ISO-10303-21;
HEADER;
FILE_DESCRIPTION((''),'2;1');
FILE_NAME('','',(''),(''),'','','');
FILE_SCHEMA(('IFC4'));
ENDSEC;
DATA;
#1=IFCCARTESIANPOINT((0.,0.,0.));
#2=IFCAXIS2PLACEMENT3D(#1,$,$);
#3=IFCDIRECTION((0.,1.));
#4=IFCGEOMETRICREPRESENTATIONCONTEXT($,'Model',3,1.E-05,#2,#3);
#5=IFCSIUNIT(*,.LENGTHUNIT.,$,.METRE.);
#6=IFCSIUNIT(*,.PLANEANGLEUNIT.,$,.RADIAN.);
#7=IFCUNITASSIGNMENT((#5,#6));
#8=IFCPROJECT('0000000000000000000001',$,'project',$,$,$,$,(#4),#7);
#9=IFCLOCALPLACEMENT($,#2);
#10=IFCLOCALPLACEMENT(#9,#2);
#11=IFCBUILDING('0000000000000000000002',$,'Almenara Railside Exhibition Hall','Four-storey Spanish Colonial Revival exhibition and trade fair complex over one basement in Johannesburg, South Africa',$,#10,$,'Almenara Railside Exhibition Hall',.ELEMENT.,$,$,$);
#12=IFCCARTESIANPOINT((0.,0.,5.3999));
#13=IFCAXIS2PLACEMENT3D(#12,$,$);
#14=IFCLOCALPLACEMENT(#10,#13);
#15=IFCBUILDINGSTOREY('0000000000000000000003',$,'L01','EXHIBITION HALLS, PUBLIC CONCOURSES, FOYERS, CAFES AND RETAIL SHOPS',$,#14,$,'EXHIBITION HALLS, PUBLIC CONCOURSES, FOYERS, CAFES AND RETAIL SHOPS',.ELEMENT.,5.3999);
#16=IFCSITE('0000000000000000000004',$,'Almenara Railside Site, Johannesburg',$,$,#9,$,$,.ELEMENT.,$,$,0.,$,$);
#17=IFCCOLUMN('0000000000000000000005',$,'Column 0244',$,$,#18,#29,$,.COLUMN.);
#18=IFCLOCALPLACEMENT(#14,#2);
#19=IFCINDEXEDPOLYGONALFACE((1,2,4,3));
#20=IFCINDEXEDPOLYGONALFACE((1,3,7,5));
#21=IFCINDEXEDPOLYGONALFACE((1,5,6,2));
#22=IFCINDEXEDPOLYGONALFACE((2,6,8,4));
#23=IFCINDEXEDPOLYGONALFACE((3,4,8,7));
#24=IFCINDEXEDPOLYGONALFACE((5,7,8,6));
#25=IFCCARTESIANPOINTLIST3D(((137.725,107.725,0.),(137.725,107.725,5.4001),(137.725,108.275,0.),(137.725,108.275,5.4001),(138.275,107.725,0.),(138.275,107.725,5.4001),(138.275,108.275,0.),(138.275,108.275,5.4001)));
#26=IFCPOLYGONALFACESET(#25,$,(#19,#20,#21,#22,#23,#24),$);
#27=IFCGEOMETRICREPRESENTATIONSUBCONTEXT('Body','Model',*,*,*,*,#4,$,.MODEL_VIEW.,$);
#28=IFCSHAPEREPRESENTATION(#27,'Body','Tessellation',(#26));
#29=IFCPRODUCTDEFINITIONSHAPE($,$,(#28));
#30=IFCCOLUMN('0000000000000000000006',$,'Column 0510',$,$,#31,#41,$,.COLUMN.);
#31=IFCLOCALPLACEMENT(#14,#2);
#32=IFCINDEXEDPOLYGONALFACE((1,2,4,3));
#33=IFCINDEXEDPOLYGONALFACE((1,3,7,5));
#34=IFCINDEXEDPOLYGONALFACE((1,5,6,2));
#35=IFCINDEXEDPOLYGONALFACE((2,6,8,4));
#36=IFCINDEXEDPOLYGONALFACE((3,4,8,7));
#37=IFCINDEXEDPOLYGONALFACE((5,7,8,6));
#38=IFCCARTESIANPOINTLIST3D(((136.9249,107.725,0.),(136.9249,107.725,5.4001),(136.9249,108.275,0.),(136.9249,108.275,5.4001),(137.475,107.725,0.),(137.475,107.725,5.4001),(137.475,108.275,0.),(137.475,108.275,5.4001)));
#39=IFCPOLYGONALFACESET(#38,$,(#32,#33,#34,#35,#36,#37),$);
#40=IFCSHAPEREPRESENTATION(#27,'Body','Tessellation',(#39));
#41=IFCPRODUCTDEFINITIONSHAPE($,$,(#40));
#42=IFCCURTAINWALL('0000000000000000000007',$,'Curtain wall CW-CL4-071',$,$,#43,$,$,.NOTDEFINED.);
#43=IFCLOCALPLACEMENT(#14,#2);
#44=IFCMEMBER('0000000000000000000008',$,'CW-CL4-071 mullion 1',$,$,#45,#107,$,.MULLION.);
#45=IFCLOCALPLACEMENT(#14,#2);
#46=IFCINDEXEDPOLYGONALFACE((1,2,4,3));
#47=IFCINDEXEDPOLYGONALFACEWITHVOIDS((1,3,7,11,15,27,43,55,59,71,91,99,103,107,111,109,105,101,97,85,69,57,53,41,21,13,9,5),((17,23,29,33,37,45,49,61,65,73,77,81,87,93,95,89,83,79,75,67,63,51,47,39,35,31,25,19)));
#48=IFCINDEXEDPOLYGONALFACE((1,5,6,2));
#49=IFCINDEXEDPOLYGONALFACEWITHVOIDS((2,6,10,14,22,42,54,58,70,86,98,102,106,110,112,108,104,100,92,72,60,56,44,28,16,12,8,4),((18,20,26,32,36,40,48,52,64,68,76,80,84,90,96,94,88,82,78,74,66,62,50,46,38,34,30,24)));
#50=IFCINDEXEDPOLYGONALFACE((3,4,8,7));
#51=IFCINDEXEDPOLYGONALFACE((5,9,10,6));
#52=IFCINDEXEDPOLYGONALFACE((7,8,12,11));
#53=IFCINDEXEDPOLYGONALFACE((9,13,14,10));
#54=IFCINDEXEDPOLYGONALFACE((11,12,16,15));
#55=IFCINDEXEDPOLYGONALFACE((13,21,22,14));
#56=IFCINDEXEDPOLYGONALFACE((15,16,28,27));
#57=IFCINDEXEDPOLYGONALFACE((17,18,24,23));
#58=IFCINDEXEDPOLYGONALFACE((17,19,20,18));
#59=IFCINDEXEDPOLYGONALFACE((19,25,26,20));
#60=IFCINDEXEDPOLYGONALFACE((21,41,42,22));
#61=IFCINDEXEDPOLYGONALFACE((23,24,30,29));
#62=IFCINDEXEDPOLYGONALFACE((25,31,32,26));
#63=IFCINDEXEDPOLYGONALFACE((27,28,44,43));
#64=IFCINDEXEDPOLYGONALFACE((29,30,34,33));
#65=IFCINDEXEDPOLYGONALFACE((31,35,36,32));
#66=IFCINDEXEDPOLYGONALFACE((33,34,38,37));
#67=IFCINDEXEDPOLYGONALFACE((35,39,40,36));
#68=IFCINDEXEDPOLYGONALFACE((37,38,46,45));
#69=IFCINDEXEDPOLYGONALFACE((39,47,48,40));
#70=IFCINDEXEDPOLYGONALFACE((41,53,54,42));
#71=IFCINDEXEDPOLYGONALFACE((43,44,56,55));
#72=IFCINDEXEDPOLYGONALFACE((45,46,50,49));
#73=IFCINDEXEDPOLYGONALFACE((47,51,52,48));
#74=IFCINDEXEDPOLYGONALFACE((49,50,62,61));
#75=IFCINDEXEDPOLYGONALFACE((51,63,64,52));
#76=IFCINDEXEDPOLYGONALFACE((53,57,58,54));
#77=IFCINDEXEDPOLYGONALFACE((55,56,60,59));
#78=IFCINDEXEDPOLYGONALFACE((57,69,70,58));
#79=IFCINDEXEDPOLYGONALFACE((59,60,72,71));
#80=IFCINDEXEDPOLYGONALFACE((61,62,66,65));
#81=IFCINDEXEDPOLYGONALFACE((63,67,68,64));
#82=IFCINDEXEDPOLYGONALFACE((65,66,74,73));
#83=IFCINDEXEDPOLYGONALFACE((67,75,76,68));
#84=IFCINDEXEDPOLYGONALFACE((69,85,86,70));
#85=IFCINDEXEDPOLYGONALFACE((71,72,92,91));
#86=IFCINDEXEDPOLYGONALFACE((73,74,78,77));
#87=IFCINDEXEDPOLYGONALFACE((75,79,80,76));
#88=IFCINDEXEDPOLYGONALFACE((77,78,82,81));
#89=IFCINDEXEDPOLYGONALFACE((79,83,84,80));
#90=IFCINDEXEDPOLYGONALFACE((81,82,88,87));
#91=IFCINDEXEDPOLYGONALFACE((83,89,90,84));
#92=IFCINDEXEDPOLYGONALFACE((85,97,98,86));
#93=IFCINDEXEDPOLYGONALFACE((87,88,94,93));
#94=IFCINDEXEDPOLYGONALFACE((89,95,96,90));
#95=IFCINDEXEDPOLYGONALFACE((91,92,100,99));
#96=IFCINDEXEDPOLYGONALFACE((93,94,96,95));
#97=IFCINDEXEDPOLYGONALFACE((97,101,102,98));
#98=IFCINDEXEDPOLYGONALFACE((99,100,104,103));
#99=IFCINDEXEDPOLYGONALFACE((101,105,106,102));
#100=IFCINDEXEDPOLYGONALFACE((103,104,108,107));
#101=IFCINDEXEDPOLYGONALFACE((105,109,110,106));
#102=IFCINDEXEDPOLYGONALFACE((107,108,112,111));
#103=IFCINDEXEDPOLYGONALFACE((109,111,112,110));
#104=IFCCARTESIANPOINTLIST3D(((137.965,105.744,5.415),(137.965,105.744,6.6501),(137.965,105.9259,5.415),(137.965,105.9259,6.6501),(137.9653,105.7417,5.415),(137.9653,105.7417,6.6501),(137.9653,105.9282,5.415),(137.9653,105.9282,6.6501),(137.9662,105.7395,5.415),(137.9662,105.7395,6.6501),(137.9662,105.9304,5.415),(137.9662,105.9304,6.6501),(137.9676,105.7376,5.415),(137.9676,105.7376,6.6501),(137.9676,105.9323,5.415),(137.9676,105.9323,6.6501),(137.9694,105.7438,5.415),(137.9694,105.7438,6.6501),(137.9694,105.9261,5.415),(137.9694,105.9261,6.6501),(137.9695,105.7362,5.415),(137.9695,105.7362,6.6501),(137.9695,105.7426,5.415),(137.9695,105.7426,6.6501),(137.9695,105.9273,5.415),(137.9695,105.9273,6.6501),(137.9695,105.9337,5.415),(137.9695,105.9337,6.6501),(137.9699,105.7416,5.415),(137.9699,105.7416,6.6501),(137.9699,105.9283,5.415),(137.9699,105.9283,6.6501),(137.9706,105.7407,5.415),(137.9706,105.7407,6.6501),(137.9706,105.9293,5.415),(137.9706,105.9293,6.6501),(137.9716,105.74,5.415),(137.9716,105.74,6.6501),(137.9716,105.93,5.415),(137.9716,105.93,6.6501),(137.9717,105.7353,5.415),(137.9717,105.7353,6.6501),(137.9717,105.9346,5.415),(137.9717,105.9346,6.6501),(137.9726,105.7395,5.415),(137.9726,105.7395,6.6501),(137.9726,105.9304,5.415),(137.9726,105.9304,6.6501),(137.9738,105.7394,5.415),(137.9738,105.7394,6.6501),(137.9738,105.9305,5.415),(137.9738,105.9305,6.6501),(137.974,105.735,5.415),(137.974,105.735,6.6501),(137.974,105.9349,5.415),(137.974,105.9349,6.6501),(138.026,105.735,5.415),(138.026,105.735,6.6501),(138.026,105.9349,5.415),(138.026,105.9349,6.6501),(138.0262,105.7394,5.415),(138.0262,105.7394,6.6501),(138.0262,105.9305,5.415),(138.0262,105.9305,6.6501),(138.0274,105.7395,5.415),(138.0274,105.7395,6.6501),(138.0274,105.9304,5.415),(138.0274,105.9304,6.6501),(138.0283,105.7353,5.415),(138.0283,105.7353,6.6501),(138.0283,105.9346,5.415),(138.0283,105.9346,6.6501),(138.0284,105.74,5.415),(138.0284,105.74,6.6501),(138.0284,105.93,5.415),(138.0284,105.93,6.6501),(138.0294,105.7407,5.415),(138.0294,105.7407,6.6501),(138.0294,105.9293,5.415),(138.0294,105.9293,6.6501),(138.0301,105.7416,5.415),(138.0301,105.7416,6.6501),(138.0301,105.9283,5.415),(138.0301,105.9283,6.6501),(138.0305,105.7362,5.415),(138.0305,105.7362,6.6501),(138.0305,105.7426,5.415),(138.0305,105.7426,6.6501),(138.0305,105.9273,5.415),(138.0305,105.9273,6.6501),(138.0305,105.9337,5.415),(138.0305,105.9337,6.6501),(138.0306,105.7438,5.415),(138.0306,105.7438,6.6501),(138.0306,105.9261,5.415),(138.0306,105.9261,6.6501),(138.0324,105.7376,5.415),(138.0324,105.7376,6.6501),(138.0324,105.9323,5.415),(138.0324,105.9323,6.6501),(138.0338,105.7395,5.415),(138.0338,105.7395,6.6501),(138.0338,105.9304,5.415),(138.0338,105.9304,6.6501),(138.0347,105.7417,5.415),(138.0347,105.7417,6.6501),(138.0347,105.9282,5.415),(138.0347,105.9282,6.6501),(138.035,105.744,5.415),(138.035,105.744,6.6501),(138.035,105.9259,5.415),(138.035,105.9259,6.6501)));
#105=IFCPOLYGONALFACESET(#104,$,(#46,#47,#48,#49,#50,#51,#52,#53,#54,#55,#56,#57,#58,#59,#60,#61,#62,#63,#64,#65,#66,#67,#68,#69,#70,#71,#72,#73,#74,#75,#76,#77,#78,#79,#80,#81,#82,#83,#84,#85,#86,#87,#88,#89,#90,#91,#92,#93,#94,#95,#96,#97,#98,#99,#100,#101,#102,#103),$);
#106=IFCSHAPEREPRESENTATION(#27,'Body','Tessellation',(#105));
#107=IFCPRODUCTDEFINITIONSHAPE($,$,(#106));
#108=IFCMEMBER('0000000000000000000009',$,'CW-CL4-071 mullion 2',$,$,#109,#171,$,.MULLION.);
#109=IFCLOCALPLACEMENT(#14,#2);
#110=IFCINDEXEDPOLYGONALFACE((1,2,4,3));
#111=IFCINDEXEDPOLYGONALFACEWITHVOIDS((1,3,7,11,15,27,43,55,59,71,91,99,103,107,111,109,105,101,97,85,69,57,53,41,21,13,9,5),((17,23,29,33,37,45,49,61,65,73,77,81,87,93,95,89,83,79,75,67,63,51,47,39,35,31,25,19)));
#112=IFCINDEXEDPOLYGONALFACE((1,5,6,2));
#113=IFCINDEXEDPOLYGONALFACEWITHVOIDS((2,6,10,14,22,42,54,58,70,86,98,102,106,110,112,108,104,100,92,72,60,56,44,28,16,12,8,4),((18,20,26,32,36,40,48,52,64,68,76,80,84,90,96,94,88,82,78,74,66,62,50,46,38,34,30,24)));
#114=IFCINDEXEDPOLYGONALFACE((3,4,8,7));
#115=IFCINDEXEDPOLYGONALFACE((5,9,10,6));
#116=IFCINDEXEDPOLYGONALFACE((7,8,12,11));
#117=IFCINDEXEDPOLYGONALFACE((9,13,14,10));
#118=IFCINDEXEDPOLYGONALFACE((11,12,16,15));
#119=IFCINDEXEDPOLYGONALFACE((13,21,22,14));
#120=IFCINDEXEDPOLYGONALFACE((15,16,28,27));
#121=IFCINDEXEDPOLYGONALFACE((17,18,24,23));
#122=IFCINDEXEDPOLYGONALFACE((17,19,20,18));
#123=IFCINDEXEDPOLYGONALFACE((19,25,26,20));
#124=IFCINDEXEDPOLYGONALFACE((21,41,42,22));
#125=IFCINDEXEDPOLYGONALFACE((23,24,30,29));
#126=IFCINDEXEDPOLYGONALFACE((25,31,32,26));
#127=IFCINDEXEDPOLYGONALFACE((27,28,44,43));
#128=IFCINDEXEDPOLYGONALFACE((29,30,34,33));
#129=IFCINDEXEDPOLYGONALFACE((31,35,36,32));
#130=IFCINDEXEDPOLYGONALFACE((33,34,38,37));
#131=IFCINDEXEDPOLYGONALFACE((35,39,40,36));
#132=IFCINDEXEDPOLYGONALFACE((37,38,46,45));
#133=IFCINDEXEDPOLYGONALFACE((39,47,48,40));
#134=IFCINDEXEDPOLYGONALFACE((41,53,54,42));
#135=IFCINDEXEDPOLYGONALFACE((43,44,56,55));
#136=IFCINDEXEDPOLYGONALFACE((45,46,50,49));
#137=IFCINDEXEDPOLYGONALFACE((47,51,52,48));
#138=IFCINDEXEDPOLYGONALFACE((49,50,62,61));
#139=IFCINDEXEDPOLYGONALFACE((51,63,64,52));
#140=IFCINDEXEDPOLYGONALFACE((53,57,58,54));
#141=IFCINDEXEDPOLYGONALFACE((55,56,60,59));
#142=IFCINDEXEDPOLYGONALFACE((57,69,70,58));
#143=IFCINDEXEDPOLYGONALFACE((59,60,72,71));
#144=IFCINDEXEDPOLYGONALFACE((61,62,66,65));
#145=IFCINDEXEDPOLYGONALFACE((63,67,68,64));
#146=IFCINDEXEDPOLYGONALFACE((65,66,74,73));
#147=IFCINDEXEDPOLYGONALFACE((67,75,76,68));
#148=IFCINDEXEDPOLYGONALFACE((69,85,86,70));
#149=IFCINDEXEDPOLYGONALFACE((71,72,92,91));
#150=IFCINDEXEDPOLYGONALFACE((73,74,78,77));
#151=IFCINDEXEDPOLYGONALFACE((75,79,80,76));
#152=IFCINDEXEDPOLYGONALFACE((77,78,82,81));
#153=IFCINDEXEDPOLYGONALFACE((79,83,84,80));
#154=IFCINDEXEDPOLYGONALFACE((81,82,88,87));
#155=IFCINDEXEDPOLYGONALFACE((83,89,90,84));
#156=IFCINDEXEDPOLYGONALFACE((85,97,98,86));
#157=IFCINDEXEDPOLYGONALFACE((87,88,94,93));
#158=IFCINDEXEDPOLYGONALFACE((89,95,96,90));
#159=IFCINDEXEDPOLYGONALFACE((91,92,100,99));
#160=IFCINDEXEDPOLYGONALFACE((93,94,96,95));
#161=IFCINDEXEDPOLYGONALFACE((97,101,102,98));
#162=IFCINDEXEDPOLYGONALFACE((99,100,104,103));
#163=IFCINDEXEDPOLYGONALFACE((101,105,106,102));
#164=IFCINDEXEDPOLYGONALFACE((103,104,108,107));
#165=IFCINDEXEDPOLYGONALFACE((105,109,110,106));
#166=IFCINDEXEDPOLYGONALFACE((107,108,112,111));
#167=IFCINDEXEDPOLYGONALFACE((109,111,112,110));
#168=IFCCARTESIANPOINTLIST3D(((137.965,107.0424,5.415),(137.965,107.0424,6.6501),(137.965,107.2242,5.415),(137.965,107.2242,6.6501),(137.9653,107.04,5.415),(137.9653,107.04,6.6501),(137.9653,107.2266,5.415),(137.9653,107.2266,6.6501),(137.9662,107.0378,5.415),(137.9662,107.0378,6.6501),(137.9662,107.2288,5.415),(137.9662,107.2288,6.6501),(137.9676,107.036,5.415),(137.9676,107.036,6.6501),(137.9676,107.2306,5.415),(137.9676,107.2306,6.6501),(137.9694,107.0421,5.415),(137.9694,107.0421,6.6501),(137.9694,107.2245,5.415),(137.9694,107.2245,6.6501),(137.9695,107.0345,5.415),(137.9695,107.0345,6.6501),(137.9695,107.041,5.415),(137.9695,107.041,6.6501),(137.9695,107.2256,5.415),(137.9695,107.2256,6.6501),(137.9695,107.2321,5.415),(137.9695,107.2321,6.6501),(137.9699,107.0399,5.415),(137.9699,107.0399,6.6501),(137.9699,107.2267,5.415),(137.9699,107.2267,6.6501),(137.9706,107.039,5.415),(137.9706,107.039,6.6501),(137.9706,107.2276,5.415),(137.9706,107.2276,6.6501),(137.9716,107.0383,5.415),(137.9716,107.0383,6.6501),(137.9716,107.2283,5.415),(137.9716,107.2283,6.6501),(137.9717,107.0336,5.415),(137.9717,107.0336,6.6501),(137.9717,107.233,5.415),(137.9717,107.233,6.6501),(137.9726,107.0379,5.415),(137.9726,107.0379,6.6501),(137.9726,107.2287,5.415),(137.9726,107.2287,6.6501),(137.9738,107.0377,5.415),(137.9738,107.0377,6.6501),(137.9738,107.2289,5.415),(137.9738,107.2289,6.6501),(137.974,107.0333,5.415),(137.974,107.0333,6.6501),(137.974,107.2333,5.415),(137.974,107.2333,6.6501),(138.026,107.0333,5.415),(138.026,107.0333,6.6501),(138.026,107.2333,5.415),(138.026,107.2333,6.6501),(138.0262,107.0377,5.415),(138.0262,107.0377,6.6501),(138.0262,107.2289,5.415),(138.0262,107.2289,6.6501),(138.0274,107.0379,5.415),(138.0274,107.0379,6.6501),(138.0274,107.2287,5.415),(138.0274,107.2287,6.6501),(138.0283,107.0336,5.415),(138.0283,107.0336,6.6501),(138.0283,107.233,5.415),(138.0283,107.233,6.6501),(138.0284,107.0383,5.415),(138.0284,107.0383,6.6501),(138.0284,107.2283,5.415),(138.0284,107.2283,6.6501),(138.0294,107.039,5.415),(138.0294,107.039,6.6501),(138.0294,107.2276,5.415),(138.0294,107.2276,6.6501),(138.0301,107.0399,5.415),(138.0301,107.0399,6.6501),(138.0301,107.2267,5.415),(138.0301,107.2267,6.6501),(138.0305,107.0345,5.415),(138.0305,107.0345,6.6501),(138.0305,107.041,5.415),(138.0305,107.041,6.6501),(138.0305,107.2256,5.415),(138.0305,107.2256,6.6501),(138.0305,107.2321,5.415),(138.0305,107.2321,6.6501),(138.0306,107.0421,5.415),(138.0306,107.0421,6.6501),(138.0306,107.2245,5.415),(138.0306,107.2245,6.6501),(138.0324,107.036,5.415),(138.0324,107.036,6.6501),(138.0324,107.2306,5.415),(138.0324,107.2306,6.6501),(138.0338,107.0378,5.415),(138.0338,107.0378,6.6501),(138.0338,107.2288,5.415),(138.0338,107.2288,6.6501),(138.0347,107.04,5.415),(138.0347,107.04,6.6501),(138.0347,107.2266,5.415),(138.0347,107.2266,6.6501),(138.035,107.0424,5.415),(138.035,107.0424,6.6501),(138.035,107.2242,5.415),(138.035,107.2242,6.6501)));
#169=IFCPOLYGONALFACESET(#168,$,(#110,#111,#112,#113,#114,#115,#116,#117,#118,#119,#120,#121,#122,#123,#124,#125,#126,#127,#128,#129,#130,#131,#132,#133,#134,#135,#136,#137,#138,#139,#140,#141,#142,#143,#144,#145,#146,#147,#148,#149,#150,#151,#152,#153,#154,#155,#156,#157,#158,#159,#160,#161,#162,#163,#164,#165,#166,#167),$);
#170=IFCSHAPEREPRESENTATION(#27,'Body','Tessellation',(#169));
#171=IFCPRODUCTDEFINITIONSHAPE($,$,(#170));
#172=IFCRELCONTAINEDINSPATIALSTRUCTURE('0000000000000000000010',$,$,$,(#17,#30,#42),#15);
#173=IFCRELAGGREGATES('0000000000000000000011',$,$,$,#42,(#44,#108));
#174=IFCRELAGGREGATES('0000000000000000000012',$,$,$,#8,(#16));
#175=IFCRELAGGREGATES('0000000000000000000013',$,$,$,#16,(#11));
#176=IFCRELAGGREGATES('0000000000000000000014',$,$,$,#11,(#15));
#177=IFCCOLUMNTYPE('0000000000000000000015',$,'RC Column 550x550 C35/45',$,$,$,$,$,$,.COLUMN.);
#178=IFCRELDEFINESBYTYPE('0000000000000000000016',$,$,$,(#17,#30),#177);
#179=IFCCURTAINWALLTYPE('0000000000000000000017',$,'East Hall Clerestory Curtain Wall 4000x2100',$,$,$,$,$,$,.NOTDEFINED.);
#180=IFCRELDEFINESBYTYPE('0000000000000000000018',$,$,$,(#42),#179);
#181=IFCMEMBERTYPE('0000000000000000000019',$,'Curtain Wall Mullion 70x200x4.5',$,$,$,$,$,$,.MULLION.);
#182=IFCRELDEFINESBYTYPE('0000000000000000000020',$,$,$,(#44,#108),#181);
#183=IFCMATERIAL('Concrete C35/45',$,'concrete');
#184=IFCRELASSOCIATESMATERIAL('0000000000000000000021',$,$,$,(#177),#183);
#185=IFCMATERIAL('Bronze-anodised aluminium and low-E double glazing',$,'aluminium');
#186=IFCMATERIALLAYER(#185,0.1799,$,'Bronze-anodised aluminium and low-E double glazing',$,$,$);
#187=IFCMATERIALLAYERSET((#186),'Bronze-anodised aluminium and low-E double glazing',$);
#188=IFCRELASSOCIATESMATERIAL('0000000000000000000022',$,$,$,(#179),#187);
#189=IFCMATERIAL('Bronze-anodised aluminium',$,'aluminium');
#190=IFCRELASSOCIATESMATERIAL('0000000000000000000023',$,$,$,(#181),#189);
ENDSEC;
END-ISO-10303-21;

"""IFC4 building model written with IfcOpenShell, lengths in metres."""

from ifc_helpers import new_model, si_unit, direction, frame, origin, origin_2d, place, context, subcontext, project, spatial, rectangle, hollow_rectangle, extrude, material, layer, layer_set, material_profile, profile_set, type_object, element, aggregate, save


model = new_model("IFC4")

# Units and contexts
model_context = context("Model", 3, precision=1e-05, world=origin(), true_north=direction((0.0, 1.0)))
body_context = subcontext(model_context, "Body", "Model", "MODEL_VIEW")
ifc_project = project(units=[si_unit("LENGTHUNIT", "METRE"), si_unit("PLANEANGLEUNIT", "RADIAN")], contexts=[model_context])

# Site, building, storey
site_placement = place(None, origin())
site = spatial("IfcSite", under=ifc_project, at=site_placement, Name="Almenara Railside Site, Johannesburg", CompositionType="ELEMENT", RefElevation=0.0)
building_placement = place(site_placement, origin())
building = spatial("IfcBuilding", under=site, at=building_placement, Name="Almenara Railside Exhibition Hall", Description="Four-storey Spanish Colonial Revival exhibition and trade fair complex over one basement in Johannesburg, South Africa", LongName="Almenara Railside Exhibition Hall", CompositionType="ELEMENT")
storey_placement = place(building_placement, frame((0.0, 0.0, 5.3999)))
storey = spatial("IfcBuildingStorey", under=building, at=storey_placement, Name="L01", Description="EXHIBITION HALLS, PUBLIC CONCOURSES, FOYERS, CAFES AND RETAIL SHOPS", LongName="EXHIBITION HALLS, PUBLIC CONCOURSES, FOYERS, CAFES AND RETAIL SHOPS", CompositionType="ELEMENT", Elevation=5.3999)

# Columns
ifc_material_1 = material(Name="Concrete C35/45", Category="concrete")
ifc_material_profile_1 = material_profile(ifc_material_1, rectangle(XDim=0.55, YDim=0.55, at=origin_2d()), Name="RC 550x550")
ifc_profile_set_1 = profile_set([ifc_material_profile_1], Name="Concrete C35/45")
column_type = type_object("IfcColumnType", Name="RC Column 550x550 C35/45", PredefinedType="COLUMN", material=ifc_profile_set_1)
for number, where, z_axis, x_axis, name in (
    (1, (138.0, 108.0, 0.0), (0.0, 0.0, 1.0), (1.0, 0.0, 0.0), "Column 0244"),
    (2, (137.2, 108.0, 0.0), (0.0, 0.0, 1.0), (1.0, 0.0, 0.0), "Column 0510"),
):
    element("IfcColumn", number, at=place(storey_placement, frame(where, z_axis=z_axis, x_axis=x_axis)), inside=storey, type_object=column_type, Name=name, PredefinedType="COLUMN", context=body_context, shape_type="SweptSolid", body=[
        extrude(rectangle(XDim=0.55, YDim=0.55, at=origin_2d()), origin(), (0.0, 0.0, 1.0), 5.4001),
    ])

# Curtain wall, members
ifc_material_2 = material(Name="Bronze-anodised aluminium and low-E double glazing", Category="aluminium")
ifc_layer_1 = layer(ifc_material_2, 0.1799, Name="Bronze-anodised aluminium and low-E double glazing")
ifc_layer_set_1 = layer_set([ifc_layer_1], Name="Bronze-anodised aluminium and low-E double glazing")
curtain_wall_type_1 = type_object("IfcCurtainWallType", Name="East Hall Clerestory Curtain Wall 4000x2100", PredefinedType="NOTDEFINED", material=ifc_layer_set_1)
curtain_wall_1_placement = place(storey_placement, origin())
curtain_wall_1 = element("IfcCurtainWall", 3, at=curtain_wall_1_placement, inside=storey, type_object=curtain_wall_type_1, Name="Curtain wall CW-CL4-071", PredefinedType="NOTDEFINED")
ifc_material_3 = material(Name="Bronze-anodised aluminium", Category="aluminium")
ifc_material_profile_2 = material_profile(ifc_material_3, hollow_rectangle(XDim=0.0701, YDim=0.2, WallThickness=0.0044, InnerFilletRadius=0.0044, OuterFilletRadius=0.009, at=origin_2d()), Name="ALU-MUL 70x200x4.5")
ifc_profile_set_2 = profile_set([ifc_material_profile_2], Name="Bronze-anodised aluminium")
member_type_1 = type_object("IfcMemberType", Name="Curtain Wall Mullion 70x200x4.5", PredefinedType="MULLION", material=ifc_profile_set_2)
member_1_placement = place(storey_placement, frame((138.0, 105.835, 5.415), z_axis=(0.0, 0.0, 1.0), x_axis=(-1.0, 0.0, 0.0)))
member_1 = element("IfcMember", 4, at=member_1_placement, type_object=member_type_1, Name="CW-CL4-071 mullion 1", PredefinedType="MULLION", context=body_context, shape_type="SweptSolid", body=[
    extrude(hollow_rectangle(XDim=0.0701, YDim=0.2, WallThickness=0.0044, InnerFilletRadius=0.0044, OuterFilletRadius=0.009, at=origin_2d()), origin(), (0.0, 0.0, 1.0), 1.2351),
])
member_2_placement = place(storey_placement, frame((138.0, 107.1333, 5.415), z_axis=(0.0, 0.0, 1.0), x_axis=(-1.0, 0.0, 0.0)))
member_2 = element("IfcMember", 5, at=member_2_placement, type_object=member_type_1, Name="CW-CL4-071 mullion 2", PredefinedType="MULLION", context=body_context, shape_type="SweptSolid", body=[
    extrude(hollow_rectangle(XDim=0.0701, YDim=0.2, WallThickness=0.0044, InnerFilletRadius=0.0044, OuterFilletRadius=0.009, at=origin_2d()), origin(), (0.0, 0.0, 1.0), 1.2351),
])

aggregate(curtain_wall_1, [member_1, member_2])

save(model, "model.ifc")
